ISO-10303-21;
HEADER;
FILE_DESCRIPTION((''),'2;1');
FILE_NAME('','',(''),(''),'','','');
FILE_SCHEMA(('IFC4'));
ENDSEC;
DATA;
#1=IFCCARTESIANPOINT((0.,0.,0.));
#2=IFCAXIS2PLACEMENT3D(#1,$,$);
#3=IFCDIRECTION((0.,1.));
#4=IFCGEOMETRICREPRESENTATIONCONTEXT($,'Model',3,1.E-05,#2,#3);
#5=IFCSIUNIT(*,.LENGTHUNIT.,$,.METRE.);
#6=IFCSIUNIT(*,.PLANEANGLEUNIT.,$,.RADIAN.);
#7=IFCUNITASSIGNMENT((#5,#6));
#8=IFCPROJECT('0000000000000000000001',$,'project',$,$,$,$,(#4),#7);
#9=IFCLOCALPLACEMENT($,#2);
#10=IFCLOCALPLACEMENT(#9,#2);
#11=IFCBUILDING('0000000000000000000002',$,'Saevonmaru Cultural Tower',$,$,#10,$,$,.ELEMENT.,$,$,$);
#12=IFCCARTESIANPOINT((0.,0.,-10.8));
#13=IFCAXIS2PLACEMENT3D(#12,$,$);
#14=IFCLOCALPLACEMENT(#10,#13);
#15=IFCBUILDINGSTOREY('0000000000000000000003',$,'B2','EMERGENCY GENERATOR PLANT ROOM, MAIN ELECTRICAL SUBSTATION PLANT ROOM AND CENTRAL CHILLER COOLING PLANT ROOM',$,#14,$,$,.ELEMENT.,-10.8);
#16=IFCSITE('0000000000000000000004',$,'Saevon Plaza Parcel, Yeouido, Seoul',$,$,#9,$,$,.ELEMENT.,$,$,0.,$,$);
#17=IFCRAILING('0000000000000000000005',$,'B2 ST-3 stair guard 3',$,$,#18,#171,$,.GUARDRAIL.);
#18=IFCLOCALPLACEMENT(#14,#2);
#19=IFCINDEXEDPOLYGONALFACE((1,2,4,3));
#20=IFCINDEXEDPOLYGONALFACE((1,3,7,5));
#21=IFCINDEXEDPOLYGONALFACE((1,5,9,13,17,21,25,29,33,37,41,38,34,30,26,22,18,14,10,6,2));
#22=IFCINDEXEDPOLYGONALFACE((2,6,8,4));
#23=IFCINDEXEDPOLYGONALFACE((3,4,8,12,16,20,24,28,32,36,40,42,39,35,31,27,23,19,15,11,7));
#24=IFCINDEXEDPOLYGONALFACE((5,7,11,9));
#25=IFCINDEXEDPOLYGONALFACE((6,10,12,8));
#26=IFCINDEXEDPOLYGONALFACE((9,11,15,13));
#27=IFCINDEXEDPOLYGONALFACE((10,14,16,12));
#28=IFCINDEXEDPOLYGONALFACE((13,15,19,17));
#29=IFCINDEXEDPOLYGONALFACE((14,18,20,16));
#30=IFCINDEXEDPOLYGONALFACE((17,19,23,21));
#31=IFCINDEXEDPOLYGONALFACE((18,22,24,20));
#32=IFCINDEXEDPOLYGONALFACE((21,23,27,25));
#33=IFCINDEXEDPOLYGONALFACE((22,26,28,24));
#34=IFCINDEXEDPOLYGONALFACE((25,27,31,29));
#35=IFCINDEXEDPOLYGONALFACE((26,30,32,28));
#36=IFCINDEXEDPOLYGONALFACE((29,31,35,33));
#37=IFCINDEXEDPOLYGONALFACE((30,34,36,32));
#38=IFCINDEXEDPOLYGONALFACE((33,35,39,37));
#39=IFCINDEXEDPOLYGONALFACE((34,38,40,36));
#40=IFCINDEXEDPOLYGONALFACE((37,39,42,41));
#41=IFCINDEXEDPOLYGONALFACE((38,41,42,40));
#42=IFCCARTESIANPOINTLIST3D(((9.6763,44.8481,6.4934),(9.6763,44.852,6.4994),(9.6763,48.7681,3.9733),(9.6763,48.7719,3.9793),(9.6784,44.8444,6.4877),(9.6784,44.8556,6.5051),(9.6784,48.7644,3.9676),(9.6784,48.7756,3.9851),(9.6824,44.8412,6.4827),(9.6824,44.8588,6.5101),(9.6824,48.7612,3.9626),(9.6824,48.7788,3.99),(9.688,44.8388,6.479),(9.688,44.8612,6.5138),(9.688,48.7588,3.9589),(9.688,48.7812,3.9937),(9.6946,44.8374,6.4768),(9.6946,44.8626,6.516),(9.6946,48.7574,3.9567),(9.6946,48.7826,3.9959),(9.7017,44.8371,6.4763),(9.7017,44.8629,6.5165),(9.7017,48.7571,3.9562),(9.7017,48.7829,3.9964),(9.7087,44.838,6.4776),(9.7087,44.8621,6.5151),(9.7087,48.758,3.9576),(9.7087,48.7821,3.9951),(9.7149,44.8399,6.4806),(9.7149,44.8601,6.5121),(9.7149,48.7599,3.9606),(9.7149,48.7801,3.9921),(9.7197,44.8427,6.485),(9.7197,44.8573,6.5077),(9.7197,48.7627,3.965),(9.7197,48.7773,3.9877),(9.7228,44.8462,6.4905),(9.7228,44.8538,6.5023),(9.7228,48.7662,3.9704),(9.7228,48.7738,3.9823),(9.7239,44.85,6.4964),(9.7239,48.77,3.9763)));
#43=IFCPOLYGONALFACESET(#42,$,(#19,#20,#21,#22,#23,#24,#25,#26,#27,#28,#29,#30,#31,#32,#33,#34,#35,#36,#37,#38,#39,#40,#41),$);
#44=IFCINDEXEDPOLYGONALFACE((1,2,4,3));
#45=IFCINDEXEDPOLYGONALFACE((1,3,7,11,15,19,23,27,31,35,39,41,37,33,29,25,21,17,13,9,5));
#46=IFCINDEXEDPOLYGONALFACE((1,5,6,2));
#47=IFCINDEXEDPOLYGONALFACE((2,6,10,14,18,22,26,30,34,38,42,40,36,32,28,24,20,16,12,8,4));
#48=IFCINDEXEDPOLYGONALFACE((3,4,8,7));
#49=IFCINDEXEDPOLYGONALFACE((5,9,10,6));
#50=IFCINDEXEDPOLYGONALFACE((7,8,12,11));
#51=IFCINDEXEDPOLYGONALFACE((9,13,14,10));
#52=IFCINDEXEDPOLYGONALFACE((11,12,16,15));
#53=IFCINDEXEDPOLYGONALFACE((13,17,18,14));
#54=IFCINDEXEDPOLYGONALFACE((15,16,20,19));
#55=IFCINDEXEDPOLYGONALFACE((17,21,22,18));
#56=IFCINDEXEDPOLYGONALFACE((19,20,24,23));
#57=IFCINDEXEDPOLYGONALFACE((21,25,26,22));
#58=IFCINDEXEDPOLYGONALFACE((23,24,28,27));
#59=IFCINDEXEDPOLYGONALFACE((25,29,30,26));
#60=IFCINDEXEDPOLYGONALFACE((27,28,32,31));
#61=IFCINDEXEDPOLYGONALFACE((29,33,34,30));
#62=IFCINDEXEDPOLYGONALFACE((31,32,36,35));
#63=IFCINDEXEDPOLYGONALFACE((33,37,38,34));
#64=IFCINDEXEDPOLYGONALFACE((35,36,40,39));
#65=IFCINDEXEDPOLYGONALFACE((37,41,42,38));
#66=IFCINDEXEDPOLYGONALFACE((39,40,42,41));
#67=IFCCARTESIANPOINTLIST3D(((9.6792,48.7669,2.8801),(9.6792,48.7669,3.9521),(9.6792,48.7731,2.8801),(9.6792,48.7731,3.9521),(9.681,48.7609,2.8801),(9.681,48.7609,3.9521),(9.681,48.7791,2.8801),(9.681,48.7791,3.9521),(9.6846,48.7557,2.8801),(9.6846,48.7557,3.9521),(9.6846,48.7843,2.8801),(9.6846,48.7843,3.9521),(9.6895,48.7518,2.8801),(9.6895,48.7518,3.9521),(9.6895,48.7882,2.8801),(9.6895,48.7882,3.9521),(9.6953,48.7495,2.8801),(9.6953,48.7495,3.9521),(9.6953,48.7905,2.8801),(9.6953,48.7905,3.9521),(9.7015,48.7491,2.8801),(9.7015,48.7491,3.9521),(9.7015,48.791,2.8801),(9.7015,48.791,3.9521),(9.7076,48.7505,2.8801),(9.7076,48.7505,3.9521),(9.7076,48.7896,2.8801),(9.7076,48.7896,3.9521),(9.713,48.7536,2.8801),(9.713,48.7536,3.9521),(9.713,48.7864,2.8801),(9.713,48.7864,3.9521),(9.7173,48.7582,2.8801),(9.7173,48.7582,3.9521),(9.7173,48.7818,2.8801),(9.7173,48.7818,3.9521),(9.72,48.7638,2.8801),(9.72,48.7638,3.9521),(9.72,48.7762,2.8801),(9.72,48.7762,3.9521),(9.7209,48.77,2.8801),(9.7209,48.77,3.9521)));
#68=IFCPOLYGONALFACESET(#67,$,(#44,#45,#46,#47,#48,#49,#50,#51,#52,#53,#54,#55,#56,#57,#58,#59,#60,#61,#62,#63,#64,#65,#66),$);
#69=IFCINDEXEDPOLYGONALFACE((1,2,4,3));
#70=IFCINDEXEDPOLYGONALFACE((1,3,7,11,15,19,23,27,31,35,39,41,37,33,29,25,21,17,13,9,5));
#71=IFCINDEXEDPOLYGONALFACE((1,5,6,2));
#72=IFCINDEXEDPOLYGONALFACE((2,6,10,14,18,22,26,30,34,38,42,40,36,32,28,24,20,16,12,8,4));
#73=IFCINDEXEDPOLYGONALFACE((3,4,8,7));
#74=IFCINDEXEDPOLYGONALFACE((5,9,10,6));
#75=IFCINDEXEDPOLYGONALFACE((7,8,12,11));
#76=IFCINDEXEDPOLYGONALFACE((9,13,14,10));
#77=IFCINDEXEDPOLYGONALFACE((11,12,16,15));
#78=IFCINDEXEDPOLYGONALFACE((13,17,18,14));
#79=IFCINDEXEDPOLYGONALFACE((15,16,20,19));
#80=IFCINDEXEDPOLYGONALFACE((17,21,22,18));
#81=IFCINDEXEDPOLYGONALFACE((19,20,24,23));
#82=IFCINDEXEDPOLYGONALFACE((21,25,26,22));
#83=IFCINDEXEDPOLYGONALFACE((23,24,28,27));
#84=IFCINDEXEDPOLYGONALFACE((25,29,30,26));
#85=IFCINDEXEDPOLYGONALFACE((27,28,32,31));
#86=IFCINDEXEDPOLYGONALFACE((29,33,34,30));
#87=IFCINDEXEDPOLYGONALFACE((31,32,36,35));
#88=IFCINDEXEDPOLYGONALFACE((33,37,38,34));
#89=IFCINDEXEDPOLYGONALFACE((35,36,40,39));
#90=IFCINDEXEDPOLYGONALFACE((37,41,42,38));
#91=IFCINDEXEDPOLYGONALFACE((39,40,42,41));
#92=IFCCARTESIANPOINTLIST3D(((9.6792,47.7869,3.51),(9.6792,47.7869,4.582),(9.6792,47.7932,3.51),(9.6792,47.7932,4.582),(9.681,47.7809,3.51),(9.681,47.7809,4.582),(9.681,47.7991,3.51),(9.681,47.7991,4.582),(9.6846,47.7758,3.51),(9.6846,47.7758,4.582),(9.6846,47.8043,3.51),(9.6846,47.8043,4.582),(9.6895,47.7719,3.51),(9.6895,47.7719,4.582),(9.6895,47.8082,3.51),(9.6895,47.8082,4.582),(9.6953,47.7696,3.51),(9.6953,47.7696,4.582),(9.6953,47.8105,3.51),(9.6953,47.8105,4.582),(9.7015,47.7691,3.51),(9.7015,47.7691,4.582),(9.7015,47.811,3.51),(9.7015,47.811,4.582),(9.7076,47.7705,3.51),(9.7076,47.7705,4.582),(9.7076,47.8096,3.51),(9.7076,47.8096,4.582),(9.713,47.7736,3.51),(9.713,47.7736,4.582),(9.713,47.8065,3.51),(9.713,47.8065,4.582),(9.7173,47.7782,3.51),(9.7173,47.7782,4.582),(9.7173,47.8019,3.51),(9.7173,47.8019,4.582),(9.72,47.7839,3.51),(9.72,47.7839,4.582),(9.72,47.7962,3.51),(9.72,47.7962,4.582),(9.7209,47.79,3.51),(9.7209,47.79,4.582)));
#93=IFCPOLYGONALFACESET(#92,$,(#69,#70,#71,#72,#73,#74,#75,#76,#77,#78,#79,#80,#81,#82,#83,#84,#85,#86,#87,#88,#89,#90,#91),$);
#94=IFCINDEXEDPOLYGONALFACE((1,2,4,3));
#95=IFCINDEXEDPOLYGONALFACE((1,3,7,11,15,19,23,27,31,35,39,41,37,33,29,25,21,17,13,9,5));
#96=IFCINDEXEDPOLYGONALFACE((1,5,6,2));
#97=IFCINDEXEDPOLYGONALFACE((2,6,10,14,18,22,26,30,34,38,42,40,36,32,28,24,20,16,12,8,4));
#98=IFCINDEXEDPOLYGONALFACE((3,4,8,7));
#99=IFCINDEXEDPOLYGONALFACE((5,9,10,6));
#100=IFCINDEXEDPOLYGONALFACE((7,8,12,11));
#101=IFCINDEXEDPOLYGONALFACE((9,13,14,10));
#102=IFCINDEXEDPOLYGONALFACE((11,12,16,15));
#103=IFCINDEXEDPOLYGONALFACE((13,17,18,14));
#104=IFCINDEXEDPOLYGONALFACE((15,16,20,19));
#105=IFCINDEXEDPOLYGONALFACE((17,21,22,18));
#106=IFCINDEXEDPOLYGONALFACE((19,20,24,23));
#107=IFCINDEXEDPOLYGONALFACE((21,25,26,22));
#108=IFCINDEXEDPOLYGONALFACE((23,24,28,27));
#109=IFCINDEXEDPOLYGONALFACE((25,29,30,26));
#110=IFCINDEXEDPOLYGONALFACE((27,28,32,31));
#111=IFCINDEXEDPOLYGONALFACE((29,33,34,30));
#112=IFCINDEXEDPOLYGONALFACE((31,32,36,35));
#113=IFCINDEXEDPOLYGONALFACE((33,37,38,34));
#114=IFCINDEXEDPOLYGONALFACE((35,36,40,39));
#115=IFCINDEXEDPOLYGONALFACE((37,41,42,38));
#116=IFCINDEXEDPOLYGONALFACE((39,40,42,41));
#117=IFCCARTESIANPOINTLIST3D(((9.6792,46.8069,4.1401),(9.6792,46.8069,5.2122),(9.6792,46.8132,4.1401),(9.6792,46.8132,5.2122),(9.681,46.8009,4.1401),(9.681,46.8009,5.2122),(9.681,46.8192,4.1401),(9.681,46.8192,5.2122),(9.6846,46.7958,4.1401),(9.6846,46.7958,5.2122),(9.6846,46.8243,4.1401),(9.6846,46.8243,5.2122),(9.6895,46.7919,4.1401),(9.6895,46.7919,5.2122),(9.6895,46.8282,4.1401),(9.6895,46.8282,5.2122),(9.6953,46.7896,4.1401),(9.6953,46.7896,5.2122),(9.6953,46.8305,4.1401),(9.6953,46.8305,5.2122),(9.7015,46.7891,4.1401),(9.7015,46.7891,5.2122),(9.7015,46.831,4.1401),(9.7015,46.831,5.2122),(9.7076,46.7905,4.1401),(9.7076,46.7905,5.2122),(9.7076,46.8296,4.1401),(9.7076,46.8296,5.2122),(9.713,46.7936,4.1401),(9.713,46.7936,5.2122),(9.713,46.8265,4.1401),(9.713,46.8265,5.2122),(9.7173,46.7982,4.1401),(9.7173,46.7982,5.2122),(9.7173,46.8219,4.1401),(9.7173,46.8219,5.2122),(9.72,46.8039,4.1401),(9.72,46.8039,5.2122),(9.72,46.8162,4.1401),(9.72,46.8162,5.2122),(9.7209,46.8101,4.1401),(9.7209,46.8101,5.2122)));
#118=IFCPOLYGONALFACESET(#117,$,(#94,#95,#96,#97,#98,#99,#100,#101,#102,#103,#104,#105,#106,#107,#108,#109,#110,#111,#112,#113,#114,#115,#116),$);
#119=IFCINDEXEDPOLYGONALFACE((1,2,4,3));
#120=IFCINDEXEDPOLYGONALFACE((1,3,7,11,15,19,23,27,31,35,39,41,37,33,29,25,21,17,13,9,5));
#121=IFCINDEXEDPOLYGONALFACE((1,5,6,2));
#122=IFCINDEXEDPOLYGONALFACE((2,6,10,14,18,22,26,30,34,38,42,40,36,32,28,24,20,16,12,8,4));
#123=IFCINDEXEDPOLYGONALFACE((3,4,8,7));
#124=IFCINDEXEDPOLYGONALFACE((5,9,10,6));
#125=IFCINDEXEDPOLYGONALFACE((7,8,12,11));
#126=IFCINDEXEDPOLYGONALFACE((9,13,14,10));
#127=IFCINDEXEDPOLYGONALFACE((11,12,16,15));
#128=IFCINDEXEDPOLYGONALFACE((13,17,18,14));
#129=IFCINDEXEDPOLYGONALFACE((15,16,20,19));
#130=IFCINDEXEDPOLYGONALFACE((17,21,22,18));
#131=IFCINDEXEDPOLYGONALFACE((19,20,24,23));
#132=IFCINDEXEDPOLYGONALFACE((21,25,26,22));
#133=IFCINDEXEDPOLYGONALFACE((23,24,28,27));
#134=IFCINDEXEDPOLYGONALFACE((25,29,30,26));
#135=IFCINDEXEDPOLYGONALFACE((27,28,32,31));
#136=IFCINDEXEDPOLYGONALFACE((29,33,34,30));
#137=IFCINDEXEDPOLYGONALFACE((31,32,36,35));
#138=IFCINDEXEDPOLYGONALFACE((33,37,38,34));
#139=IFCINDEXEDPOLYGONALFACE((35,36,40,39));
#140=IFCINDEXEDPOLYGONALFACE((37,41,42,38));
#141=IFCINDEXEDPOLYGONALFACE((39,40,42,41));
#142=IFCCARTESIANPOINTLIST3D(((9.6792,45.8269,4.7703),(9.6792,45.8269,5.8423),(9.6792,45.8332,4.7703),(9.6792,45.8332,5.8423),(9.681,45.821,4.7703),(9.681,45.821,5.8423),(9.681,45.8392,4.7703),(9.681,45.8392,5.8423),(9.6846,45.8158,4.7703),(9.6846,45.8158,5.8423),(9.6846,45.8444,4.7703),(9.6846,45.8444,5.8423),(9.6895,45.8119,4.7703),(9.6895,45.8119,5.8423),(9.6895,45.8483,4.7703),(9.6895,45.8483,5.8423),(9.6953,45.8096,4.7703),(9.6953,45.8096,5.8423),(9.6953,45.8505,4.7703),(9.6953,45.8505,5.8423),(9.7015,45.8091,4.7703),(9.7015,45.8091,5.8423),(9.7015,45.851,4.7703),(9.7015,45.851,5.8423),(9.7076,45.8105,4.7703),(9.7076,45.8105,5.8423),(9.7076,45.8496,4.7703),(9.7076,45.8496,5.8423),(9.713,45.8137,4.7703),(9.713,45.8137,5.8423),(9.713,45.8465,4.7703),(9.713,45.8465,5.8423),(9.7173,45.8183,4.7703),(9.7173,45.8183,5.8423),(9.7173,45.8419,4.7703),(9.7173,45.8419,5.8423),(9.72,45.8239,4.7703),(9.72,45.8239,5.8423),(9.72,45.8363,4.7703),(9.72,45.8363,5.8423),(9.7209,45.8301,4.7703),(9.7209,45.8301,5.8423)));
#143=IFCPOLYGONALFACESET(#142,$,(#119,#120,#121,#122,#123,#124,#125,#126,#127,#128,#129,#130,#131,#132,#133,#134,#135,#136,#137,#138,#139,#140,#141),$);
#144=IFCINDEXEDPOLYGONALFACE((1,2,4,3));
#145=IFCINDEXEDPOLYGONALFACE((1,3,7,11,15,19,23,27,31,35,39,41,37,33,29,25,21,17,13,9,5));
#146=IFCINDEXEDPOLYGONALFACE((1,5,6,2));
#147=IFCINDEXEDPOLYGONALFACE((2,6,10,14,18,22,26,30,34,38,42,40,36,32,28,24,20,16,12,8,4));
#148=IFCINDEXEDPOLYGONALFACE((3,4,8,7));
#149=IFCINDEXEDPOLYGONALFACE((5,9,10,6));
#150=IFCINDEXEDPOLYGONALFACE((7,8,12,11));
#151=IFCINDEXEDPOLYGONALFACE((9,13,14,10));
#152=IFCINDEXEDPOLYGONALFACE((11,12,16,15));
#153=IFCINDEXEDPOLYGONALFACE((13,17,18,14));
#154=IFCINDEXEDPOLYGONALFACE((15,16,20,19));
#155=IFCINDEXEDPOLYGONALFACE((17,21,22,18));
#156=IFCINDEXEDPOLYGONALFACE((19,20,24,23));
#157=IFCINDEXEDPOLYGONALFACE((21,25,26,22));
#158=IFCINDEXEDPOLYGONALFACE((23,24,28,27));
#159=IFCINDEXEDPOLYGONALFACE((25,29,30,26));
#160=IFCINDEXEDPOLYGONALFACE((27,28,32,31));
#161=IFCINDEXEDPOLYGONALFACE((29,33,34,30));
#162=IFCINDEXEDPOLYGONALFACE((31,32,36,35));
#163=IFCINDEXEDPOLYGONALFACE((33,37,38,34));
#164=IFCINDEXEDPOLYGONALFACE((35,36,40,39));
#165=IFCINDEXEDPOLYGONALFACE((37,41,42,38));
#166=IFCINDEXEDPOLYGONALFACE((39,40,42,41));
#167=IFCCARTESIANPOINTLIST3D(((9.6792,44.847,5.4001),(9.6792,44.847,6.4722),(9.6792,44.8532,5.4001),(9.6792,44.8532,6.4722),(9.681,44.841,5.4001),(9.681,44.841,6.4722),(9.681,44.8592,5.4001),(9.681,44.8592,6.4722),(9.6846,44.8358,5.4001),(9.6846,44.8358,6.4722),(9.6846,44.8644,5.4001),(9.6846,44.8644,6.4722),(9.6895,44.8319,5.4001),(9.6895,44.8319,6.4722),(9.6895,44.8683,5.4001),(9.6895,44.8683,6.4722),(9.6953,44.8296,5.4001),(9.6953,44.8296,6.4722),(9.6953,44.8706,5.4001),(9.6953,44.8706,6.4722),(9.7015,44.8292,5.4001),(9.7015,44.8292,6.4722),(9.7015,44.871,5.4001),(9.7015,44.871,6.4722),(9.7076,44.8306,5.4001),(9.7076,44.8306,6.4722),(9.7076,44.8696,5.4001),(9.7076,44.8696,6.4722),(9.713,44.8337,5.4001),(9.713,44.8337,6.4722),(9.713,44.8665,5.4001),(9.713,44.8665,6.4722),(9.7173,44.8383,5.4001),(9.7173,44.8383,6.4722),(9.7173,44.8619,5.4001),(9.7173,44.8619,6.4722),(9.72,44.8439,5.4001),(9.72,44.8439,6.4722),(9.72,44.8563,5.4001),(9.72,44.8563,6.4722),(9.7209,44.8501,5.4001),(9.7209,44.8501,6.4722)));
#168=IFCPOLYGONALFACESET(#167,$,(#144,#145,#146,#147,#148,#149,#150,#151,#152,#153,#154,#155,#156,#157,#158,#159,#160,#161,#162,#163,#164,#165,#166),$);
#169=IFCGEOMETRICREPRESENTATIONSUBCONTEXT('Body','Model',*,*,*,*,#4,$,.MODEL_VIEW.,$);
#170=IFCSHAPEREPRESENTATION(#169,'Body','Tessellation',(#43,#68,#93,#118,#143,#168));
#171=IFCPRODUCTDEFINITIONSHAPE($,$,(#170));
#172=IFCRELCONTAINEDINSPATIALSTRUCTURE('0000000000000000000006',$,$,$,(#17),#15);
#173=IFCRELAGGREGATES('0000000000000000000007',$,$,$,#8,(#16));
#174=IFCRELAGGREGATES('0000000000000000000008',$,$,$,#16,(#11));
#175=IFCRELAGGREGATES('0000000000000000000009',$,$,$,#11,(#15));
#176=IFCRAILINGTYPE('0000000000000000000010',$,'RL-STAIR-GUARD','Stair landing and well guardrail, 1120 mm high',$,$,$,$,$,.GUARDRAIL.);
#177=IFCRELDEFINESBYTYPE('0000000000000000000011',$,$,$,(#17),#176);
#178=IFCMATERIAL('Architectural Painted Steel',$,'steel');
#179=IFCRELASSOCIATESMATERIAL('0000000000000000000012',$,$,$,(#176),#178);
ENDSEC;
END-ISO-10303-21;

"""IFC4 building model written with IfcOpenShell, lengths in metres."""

from ifc_helpers import new_model, si_unit, direction, frame, origin, origin_2d, place, context, subcontext, project, spatial, circle, extrude, material, type_object, element, save


model = new_model("IFC4")

# Units and contexts
model_context = context("Model", 3, precision=1e-05, world=origin(), true_north=direction((0.0, 1.0)))
body_context = subcontext(model_context, "Body", "Model", "MODEL_VIEW")
ifc_project = project(units=[si_unit("LENGTHUNIT", "METRE"), si_unit("PLANEANGLEUNIT", "RADIAN")], contexts=[model_context])

# Site, building, storey
site_placement = place(None, origin())
site = spatial("IfcSite", under=ifc_project, at=site_placement, Name="Saevon Plaza Parcel, Yeouido, Seoul", CompositionType="ELEMENT", RefElevation=0.0)
building_placement = place(site_placement, origin())
building = spatial("IfcBuilding", under=site, at=building_placement, Name="Saevonmaru Cultural Tower", CompositionType="ELEMENT")
storey_placement = place(building_placement, frame((0.0, 0.0, -10.8)))
storey = spatial("IfcBuildingStorey", under=building, at=storey_placement, Name="B2", Description="EMERGENCY GENERATOR PLANT ROOM, MAIN ELECTRICAL SUBSTATION PLANT ROOM AND CENTRAL CHILLER COOLING PLANT ROOM", CompositionType="ELEMENT", Elevation=-10.8)

# Railing
ifc_material_1 = material(Name="Architectural Painted Steel", Category="steel")
railing_type_1 = type_object("IfcRailingType", Name="RL-STAIR-GUARD", Description="Stair landing and well guardrail, 1120 mm high", PredefinedType="GUARDRAIL", material=ifc_material_1)
railing_1_placement = place(storey_placement, frame((9.7, 48.77, 2.8801)))
element("IfcRailing", 1, at=railing_1_placement, inside=storey, type_object=railing_type_1, Name="B2 ST-3 stair guard 3", PredefinedType="GUARDRAIL", context=body_context, shape_type="SweptSolid", body=[
    extrude(circle(Radius=0.0239, at=origin_2d()), frame((0.0, 0.0, 1.0962), z_axis=(0.0, -0.841172, 0.540768), x_axis=(1.0, 0.0, 0.0)), (0.0, 0.0, 1.0), 4.6602),
    extrude(circle(Radius=0.021, at=origin_2d()), origin(), (0.0, 0.0, 1.0), 1.072),
    extrude(circle(Radius=0.021, at=origin_2d()), frame((0.0, -0.98, 0.6299)), (0.0, 0.0, 1.0), 1.072),
    extrude(circle(Radius=0.021, at=origin_2d()), frame((0.0, -1.96, 1.26)), (0.0, 0.0, 1.0), 1.072),
    extrude(circle(Radius=0.021, at=origin_2d()), frame((0.0, -2.9399, 1.8901)), (0.0, 0.0, 1.0), 1.072),
    extrude(circle(Radius=0.021, at=origin_2d()), frame((0.0, -3.9199, 2.52)), (0.0, 0.0, 1.0), 1.072),
])

save(model, "model.ifc")
